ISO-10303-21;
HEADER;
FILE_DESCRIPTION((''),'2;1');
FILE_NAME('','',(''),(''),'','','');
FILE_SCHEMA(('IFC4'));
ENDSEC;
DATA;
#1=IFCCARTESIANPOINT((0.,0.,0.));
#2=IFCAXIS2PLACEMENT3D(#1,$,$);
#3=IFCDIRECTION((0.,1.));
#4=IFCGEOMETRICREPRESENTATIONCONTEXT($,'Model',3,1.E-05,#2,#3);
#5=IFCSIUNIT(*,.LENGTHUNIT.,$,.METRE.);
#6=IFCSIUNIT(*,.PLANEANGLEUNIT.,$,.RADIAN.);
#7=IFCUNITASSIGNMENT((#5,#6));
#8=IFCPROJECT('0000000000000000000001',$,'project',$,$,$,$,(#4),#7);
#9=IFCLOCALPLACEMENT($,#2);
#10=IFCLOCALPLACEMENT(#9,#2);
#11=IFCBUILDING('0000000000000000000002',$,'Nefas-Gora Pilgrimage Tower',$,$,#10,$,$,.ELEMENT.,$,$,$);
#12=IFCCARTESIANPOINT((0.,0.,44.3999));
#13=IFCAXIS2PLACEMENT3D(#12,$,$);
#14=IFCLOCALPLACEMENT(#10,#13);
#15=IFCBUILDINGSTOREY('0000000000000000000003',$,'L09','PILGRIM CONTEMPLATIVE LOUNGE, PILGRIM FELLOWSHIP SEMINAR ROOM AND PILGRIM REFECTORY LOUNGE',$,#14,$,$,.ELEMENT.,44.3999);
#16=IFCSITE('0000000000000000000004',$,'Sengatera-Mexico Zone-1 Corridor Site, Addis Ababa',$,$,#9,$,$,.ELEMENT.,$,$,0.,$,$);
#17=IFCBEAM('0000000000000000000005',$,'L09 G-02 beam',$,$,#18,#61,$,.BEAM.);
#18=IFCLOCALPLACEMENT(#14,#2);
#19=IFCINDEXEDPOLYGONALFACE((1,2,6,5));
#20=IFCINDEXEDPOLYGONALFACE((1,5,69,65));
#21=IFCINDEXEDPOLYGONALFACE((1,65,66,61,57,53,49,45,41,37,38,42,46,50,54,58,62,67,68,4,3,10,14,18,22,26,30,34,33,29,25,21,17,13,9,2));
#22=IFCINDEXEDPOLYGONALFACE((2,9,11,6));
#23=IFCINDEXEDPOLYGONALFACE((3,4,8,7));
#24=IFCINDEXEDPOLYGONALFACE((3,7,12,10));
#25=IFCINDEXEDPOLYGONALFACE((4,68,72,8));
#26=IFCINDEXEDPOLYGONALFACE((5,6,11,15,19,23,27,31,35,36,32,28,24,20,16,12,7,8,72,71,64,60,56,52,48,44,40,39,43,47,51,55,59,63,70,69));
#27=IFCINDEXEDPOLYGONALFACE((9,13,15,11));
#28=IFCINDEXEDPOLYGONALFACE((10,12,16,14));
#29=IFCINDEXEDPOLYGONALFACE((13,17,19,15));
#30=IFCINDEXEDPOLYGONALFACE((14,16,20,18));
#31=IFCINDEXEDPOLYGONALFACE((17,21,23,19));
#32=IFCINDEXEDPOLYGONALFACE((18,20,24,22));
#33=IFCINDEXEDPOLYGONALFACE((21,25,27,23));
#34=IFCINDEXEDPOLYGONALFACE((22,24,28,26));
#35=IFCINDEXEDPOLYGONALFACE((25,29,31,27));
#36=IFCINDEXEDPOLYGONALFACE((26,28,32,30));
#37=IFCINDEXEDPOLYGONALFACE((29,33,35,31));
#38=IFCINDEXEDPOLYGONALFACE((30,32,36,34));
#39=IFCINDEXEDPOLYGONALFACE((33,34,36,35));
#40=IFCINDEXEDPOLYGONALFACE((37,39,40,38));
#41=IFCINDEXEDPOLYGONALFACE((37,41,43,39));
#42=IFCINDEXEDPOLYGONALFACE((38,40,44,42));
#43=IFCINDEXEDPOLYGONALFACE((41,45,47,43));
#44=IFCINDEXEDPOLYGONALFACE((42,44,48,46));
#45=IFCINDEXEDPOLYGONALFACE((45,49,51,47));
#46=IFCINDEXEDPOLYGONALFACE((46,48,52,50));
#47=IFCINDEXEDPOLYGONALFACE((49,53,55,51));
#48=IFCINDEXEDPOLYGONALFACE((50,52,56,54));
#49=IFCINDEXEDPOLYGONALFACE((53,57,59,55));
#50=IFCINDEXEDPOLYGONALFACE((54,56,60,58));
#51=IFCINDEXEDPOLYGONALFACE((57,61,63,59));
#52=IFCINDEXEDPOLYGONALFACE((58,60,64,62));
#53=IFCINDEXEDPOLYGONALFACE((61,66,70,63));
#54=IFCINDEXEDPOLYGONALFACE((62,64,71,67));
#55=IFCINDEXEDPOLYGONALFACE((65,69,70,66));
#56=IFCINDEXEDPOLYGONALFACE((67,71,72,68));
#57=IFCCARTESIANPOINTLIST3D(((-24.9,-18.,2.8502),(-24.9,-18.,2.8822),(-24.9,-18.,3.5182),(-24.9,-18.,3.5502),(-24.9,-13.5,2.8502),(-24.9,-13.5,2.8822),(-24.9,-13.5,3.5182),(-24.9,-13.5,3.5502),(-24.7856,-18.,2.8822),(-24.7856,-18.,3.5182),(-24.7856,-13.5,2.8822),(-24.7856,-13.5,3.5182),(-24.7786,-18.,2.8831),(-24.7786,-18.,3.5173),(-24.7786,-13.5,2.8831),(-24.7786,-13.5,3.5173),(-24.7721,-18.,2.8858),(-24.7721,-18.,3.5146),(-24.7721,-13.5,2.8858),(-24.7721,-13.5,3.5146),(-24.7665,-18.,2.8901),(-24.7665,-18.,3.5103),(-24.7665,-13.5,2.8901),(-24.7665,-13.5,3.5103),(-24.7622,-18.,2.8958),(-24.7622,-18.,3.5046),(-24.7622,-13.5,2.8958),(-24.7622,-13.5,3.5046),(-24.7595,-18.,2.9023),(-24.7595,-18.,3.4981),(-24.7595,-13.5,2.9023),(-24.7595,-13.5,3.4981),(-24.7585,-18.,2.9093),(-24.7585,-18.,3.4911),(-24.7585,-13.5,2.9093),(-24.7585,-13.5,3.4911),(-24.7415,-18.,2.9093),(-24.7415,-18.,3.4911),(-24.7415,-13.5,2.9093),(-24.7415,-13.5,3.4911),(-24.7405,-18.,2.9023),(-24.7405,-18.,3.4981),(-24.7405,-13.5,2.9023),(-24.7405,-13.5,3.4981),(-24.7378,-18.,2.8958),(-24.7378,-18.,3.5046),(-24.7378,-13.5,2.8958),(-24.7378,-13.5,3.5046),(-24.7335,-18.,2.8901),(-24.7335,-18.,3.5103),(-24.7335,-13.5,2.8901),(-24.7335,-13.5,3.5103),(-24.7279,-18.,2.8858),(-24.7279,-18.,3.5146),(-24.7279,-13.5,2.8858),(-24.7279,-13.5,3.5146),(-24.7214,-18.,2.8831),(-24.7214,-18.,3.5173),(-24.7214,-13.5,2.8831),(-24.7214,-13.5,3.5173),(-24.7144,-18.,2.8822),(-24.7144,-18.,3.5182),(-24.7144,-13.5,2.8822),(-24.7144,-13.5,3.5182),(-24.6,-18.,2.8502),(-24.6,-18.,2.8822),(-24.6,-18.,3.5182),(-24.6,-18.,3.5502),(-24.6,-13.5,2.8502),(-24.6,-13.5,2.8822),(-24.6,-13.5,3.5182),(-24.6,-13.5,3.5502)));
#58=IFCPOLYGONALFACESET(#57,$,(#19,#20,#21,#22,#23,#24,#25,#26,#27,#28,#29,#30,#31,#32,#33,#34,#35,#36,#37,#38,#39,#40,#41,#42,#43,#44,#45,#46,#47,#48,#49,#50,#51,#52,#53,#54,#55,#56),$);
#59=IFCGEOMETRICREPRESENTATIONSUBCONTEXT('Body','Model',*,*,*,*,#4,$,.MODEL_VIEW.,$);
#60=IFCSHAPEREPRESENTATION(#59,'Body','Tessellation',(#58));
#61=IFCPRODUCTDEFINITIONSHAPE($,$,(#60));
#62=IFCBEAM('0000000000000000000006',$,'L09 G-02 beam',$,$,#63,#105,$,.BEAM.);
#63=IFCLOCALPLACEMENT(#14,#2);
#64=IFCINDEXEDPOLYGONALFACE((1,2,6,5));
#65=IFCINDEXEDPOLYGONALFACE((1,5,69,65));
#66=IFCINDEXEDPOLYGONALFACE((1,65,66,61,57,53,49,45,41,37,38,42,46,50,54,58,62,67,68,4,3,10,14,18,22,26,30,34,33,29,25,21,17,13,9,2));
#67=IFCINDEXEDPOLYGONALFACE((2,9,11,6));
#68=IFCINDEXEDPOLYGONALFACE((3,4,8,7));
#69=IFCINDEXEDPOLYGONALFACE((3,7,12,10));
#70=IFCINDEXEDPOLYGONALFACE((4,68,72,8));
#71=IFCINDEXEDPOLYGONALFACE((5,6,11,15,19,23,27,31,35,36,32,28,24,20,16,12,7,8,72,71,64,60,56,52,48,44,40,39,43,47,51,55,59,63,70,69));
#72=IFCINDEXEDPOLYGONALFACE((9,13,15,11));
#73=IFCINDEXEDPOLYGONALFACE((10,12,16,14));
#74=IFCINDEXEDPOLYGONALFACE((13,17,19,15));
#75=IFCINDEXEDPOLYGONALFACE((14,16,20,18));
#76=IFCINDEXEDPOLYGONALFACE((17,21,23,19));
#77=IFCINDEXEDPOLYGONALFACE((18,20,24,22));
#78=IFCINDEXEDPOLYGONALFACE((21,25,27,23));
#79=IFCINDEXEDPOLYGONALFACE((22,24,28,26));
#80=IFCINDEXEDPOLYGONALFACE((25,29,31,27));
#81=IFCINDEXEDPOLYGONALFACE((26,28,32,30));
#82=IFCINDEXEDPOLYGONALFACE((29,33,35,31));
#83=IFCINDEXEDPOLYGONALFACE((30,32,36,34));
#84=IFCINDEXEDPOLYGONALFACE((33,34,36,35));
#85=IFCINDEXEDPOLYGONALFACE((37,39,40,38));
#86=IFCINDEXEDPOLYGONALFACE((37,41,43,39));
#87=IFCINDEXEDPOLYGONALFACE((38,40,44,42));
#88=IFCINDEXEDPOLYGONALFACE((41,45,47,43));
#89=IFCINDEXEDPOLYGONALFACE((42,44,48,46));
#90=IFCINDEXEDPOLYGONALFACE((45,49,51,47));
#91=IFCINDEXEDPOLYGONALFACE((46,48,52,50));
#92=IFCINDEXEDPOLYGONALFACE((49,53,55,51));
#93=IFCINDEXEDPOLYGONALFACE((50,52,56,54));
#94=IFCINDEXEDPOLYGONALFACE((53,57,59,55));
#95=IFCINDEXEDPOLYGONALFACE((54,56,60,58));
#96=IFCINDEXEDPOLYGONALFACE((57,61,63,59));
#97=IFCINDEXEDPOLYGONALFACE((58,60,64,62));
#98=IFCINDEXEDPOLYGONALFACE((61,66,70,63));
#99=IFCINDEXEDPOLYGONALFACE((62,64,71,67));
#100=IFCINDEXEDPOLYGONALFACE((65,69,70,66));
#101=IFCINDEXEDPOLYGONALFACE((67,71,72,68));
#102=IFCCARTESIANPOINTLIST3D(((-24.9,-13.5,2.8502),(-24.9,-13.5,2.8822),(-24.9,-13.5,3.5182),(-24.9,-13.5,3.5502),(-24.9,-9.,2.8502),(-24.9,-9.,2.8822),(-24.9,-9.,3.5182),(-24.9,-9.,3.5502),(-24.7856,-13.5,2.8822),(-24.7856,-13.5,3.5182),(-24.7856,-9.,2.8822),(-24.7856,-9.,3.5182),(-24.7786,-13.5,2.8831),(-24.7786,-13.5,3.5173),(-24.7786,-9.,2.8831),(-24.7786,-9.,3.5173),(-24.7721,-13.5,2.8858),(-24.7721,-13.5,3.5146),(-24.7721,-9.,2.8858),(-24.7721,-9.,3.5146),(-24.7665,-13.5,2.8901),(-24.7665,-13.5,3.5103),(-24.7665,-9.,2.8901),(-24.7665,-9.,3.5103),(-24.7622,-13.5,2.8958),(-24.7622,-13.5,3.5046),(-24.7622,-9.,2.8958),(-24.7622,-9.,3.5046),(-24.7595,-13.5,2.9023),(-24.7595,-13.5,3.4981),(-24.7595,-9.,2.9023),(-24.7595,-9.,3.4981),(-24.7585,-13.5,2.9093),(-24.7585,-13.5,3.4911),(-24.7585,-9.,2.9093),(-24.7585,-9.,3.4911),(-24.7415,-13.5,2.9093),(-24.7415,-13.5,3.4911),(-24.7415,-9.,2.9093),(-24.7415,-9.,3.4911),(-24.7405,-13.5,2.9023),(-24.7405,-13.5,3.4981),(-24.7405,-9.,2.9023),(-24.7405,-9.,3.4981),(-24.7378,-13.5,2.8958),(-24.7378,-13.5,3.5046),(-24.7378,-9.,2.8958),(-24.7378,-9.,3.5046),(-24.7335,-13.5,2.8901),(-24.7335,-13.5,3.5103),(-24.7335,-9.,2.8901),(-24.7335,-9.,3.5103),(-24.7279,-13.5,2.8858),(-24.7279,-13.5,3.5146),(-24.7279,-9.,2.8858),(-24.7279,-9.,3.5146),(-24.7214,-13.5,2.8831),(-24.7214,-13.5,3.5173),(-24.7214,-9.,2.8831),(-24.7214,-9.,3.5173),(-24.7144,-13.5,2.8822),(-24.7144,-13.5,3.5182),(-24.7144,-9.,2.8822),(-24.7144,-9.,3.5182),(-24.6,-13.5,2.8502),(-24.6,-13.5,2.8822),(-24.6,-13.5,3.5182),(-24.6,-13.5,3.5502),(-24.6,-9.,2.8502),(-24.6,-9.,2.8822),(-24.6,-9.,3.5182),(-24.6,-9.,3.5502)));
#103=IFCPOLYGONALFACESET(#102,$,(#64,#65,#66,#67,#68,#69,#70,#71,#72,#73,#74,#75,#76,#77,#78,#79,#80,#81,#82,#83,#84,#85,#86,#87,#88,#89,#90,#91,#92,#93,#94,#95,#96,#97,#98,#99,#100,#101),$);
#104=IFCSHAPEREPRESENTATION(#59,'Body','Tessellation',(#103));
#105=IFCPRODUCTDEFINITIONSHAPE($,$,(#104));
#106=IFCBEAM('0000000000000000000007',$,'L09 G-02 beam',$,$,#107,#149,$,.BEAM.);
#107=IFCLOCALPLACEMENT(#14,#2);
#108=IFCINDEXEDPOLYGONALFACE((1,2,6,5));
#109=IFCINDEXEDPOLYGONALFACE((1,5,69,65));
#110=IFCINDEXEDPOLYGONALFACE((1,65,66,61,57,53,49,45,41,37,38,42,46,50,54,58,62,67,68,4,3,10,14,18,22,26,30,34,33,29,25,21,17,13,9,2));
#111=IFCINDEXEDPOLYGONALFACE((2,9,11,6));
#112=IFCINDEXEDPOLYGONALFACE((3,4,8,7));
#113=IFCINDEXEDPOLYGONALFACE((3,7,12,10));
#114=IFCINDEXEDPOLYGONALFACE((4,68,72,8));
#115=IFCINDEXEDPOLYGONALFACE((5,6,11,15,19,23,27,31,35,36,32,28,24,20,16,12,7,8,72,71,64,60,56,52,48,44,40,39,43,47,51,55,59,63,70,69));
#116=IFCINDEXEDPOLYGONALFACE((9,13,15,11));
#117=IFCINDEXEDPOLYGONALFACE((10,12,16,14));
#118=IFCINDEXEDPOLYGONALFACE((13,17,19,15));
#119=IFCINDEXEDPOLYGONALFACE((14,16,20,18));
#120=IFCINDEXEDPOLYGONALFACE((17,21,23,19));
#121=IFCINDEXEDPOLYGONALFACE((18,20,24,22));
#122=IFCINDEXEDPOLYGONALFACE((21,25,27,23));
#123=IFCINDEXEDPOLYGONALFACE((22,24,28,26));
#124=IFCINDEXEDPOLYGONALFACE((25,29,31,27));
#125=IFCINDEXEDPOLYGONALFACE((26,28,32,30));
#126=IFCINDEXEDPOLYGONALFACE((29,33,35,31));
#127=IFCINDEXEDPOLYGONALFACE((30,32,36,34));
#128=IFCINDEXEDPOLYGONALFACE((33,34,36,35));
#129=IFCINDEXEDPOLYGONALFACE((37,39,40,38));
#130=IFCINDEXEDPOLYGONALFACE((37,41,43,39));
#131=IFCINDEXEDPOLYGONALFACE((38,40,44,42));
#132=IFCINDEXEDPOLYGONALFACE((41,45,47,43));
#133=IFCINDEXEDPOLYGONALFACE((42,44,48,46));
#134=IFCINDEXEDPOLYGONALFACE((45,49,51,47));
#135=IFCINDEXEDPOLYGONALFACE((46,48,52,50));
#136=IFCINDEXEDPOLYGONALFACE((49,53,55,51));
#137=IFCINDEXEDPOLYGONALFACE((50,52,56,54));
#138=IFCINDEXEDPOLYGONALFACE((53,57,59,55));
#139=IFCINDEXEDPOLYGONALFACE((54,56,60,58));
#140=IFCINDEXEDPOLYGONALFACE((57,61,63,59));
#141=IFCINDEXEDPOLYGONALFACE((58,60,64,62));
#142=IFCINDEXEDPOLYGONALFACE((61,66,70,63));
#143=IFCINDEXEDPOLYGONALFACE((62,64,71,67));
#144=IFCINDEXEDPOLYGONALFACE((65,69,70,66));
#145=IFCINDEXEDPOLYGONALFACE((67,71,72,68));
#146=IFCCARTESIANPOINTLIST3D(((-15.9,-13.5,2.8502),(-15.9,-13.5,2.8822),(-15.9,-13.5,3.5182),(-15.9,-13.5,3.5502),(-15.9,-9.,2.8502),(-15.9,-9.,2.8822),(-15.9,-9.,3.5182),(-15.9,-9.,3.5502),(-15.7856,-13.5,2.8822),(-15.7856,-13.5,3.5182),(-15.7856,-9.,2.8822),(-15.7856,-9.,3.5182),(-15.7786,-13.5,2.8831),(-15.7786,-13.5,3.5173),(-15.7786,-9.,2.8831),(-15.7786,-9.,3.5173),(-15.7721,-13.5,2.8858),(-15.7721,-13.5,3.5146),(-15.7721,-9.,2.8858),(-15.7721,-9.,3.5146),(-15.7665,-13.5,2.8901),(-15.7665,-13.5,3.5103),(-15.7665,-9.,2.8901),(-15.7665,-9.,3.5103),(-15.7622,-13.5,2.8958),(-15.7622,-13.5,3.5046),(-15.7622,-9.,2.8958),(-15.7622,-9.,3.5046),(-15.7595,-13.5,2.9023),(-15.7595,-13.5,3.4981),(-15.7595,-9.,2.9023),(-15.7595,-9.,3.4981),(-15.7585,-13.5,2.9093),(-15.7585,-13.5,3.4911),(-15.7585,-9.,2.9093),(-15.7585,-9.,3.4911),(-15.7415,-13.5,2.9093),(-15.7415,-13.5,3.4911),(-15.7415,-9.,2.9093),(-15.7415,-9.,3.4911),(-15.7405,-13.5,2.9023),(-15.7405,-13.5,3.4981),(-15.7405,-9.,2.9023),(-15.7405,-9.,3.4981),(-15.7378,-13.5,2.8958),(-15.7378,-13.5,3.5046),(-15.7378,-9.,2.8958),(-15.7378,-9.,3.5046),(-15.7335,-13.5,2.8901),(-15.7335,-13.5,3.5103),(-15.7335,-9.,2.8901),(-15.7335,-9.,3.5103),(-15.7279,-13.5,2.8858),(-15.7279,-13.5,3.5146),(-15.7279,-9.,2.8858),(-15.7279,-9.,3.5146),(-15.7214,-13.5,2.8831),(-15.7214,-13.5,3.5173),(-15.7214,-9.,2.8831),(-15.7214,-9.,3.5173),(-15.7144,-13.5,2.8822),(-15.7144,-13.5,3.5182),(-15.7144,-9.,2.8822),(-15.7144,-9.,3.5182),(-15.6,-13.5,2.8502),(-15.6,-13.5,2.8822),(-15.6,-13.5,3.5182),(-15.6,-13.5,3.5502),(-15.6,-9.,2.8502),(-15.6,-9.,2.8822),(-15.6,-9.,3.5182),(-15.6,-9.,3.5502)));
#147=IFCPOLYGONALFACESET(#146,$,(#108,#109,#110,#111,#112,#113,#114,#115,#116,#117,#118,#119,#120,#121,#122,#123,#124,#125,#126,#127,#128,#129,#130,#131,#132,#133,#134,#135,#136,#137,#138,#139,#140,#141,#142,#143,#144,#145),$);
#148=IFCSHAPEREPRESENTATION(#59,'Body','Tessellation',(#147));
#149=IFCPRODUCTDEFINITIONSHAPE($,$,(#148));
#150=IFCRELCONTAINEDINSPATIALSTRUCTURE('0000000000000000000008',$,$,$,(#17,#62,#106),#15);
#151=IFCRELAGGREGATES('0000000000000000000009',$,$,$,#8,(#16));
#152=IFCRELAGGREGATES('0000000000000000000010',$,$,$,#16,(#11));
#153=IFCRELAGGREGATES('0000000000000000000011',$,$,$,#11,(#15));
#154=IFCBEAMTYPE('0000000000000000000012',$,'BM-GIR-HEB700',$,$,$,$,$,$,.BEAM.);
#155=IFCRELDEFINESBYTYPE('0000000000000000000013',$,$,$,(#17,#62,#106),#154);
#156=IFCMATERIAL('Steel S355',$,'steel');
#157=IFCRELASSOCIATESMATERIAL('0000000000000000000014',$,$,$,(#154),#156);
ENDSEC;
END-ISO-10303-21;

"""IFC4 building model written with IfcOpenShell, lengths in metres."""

from ifc_helpers import new_model, si_unit, direction, frame, origin, origin_2d, place, context, subcontext, project, spatial, i_section, extrude, source, transform, mapped, material, material_profile, profile_set, type_object, element, save


model = new_model("IFC4")

# Units and contexts
model_context = context("Model", 3, precision=1e-05, world=origin(), true_north=direction((0.0, 1.0)))
body_context = subcontext(model_context, "Body", "Model", "MODEL_VIEW")
ifc_project = project(units=[si_unit("LENGTHUNIT", "METRE"), si_unit("PLANEANGLEUNIT", "RADIAN")], contexts=[model_context])

# Site, building, storey
site_placement = place(None, origin())
site = spatial("IfcSite", under=ifc_project, at=site_placement, Name="Sengatera-Mexico Zone-1 Corridor Site, Addis Ababa", CompositionType="ELEMENT", RefElevation=0.0)
building_placement = place(site_placement, origin())
building = spatial("IfcBuilding", under=site, at=building_placement, Name="Nefas-Gora Pilgrimage Tower", CompositionType="ELEMENT")
storey_placement = place(building_placement, frame((0.0, 0.0, 44.3999)))
storey = spatial("IfcBuildingStorey", under=building, at=storey_placement, Name="L09", Description="PILGRIM CONTEMPLATIVE LOUNGE, PILGRIM FELLOWSHIP SEMINAR ROOM AND PILGRIM REFECTORY LOUNGE", CompositionType="ELEMENT", Elevation=44.3999)

# Beams
ifc_material_1 = material(Name="Steel S355", Category="steel")
ifc_material_profile_1 = material_profile(ifc_material_1, i_section(OverallWidth=0.3, OverallDepth=0.7, WebThickness=0.0171, FlangeThickness=0.032, FilletRadius=0.0271, at=origin_2d()), Name="HEB 700")
ifc_profile_set_1 = profile_set([ifc_material_profile_1], Name="Steel S355")
beam_type_1 = type_object("IfcBeamType", Name="BM-GIR-HEB700", PredefinedType="BEAM", material=ifc_profile_set_1)
shared_shape_1 = source(origin(), body_context, "Body", "SweptSolid", [
    extrude(i_section(OverallWidth=0.3, OverallDepth=0.7, WebThickness=0.0171, FlangeThickness=0.032, FilletRadius=0.0271, at=origin_2d()), origin(), (0.0, 0.0, 1.0), 4.5),
])
for number, where, z_axis, x_axis, name in (
    (1, (-24.75, -18.0, 3.2002), (0.0, 1.0, 0.0), (-1.0, 0.0, 0.0), "L09 G-02 beam"),
    (2, (-24.75, -13.5, 3.2002), (0.0, 1.0, 0.0), (-1.0, 0.0, 0.0), "L09 G-02 beam"),
    (3, (-15.75, -13.5, 3.2002), (0.0, 1.0, 0.0), (-1.0, 0.0, 0.0), "L09 G-02 beam"),
):
    element("IfcBeam", number, at=place(storey_placement, frame(where, z_axis=z_axis, x_axis=x_axis)), inside=storey, type_object=beam_type_1, Name=name, PredefinedType="BEAM", context=body_context, shape_type="MappedRepresentation", body=[
        mapped(shared_shape_1, transform((0.0, 0.0, 0.0), x_axis=(1.0, 0.0, 0.0), y_axis=(0.0, 1.0, 0.0), z_axis=(0.0, 0.0, 1.0), scale=1.0)),
    ])

save(model, "model.ifc")
